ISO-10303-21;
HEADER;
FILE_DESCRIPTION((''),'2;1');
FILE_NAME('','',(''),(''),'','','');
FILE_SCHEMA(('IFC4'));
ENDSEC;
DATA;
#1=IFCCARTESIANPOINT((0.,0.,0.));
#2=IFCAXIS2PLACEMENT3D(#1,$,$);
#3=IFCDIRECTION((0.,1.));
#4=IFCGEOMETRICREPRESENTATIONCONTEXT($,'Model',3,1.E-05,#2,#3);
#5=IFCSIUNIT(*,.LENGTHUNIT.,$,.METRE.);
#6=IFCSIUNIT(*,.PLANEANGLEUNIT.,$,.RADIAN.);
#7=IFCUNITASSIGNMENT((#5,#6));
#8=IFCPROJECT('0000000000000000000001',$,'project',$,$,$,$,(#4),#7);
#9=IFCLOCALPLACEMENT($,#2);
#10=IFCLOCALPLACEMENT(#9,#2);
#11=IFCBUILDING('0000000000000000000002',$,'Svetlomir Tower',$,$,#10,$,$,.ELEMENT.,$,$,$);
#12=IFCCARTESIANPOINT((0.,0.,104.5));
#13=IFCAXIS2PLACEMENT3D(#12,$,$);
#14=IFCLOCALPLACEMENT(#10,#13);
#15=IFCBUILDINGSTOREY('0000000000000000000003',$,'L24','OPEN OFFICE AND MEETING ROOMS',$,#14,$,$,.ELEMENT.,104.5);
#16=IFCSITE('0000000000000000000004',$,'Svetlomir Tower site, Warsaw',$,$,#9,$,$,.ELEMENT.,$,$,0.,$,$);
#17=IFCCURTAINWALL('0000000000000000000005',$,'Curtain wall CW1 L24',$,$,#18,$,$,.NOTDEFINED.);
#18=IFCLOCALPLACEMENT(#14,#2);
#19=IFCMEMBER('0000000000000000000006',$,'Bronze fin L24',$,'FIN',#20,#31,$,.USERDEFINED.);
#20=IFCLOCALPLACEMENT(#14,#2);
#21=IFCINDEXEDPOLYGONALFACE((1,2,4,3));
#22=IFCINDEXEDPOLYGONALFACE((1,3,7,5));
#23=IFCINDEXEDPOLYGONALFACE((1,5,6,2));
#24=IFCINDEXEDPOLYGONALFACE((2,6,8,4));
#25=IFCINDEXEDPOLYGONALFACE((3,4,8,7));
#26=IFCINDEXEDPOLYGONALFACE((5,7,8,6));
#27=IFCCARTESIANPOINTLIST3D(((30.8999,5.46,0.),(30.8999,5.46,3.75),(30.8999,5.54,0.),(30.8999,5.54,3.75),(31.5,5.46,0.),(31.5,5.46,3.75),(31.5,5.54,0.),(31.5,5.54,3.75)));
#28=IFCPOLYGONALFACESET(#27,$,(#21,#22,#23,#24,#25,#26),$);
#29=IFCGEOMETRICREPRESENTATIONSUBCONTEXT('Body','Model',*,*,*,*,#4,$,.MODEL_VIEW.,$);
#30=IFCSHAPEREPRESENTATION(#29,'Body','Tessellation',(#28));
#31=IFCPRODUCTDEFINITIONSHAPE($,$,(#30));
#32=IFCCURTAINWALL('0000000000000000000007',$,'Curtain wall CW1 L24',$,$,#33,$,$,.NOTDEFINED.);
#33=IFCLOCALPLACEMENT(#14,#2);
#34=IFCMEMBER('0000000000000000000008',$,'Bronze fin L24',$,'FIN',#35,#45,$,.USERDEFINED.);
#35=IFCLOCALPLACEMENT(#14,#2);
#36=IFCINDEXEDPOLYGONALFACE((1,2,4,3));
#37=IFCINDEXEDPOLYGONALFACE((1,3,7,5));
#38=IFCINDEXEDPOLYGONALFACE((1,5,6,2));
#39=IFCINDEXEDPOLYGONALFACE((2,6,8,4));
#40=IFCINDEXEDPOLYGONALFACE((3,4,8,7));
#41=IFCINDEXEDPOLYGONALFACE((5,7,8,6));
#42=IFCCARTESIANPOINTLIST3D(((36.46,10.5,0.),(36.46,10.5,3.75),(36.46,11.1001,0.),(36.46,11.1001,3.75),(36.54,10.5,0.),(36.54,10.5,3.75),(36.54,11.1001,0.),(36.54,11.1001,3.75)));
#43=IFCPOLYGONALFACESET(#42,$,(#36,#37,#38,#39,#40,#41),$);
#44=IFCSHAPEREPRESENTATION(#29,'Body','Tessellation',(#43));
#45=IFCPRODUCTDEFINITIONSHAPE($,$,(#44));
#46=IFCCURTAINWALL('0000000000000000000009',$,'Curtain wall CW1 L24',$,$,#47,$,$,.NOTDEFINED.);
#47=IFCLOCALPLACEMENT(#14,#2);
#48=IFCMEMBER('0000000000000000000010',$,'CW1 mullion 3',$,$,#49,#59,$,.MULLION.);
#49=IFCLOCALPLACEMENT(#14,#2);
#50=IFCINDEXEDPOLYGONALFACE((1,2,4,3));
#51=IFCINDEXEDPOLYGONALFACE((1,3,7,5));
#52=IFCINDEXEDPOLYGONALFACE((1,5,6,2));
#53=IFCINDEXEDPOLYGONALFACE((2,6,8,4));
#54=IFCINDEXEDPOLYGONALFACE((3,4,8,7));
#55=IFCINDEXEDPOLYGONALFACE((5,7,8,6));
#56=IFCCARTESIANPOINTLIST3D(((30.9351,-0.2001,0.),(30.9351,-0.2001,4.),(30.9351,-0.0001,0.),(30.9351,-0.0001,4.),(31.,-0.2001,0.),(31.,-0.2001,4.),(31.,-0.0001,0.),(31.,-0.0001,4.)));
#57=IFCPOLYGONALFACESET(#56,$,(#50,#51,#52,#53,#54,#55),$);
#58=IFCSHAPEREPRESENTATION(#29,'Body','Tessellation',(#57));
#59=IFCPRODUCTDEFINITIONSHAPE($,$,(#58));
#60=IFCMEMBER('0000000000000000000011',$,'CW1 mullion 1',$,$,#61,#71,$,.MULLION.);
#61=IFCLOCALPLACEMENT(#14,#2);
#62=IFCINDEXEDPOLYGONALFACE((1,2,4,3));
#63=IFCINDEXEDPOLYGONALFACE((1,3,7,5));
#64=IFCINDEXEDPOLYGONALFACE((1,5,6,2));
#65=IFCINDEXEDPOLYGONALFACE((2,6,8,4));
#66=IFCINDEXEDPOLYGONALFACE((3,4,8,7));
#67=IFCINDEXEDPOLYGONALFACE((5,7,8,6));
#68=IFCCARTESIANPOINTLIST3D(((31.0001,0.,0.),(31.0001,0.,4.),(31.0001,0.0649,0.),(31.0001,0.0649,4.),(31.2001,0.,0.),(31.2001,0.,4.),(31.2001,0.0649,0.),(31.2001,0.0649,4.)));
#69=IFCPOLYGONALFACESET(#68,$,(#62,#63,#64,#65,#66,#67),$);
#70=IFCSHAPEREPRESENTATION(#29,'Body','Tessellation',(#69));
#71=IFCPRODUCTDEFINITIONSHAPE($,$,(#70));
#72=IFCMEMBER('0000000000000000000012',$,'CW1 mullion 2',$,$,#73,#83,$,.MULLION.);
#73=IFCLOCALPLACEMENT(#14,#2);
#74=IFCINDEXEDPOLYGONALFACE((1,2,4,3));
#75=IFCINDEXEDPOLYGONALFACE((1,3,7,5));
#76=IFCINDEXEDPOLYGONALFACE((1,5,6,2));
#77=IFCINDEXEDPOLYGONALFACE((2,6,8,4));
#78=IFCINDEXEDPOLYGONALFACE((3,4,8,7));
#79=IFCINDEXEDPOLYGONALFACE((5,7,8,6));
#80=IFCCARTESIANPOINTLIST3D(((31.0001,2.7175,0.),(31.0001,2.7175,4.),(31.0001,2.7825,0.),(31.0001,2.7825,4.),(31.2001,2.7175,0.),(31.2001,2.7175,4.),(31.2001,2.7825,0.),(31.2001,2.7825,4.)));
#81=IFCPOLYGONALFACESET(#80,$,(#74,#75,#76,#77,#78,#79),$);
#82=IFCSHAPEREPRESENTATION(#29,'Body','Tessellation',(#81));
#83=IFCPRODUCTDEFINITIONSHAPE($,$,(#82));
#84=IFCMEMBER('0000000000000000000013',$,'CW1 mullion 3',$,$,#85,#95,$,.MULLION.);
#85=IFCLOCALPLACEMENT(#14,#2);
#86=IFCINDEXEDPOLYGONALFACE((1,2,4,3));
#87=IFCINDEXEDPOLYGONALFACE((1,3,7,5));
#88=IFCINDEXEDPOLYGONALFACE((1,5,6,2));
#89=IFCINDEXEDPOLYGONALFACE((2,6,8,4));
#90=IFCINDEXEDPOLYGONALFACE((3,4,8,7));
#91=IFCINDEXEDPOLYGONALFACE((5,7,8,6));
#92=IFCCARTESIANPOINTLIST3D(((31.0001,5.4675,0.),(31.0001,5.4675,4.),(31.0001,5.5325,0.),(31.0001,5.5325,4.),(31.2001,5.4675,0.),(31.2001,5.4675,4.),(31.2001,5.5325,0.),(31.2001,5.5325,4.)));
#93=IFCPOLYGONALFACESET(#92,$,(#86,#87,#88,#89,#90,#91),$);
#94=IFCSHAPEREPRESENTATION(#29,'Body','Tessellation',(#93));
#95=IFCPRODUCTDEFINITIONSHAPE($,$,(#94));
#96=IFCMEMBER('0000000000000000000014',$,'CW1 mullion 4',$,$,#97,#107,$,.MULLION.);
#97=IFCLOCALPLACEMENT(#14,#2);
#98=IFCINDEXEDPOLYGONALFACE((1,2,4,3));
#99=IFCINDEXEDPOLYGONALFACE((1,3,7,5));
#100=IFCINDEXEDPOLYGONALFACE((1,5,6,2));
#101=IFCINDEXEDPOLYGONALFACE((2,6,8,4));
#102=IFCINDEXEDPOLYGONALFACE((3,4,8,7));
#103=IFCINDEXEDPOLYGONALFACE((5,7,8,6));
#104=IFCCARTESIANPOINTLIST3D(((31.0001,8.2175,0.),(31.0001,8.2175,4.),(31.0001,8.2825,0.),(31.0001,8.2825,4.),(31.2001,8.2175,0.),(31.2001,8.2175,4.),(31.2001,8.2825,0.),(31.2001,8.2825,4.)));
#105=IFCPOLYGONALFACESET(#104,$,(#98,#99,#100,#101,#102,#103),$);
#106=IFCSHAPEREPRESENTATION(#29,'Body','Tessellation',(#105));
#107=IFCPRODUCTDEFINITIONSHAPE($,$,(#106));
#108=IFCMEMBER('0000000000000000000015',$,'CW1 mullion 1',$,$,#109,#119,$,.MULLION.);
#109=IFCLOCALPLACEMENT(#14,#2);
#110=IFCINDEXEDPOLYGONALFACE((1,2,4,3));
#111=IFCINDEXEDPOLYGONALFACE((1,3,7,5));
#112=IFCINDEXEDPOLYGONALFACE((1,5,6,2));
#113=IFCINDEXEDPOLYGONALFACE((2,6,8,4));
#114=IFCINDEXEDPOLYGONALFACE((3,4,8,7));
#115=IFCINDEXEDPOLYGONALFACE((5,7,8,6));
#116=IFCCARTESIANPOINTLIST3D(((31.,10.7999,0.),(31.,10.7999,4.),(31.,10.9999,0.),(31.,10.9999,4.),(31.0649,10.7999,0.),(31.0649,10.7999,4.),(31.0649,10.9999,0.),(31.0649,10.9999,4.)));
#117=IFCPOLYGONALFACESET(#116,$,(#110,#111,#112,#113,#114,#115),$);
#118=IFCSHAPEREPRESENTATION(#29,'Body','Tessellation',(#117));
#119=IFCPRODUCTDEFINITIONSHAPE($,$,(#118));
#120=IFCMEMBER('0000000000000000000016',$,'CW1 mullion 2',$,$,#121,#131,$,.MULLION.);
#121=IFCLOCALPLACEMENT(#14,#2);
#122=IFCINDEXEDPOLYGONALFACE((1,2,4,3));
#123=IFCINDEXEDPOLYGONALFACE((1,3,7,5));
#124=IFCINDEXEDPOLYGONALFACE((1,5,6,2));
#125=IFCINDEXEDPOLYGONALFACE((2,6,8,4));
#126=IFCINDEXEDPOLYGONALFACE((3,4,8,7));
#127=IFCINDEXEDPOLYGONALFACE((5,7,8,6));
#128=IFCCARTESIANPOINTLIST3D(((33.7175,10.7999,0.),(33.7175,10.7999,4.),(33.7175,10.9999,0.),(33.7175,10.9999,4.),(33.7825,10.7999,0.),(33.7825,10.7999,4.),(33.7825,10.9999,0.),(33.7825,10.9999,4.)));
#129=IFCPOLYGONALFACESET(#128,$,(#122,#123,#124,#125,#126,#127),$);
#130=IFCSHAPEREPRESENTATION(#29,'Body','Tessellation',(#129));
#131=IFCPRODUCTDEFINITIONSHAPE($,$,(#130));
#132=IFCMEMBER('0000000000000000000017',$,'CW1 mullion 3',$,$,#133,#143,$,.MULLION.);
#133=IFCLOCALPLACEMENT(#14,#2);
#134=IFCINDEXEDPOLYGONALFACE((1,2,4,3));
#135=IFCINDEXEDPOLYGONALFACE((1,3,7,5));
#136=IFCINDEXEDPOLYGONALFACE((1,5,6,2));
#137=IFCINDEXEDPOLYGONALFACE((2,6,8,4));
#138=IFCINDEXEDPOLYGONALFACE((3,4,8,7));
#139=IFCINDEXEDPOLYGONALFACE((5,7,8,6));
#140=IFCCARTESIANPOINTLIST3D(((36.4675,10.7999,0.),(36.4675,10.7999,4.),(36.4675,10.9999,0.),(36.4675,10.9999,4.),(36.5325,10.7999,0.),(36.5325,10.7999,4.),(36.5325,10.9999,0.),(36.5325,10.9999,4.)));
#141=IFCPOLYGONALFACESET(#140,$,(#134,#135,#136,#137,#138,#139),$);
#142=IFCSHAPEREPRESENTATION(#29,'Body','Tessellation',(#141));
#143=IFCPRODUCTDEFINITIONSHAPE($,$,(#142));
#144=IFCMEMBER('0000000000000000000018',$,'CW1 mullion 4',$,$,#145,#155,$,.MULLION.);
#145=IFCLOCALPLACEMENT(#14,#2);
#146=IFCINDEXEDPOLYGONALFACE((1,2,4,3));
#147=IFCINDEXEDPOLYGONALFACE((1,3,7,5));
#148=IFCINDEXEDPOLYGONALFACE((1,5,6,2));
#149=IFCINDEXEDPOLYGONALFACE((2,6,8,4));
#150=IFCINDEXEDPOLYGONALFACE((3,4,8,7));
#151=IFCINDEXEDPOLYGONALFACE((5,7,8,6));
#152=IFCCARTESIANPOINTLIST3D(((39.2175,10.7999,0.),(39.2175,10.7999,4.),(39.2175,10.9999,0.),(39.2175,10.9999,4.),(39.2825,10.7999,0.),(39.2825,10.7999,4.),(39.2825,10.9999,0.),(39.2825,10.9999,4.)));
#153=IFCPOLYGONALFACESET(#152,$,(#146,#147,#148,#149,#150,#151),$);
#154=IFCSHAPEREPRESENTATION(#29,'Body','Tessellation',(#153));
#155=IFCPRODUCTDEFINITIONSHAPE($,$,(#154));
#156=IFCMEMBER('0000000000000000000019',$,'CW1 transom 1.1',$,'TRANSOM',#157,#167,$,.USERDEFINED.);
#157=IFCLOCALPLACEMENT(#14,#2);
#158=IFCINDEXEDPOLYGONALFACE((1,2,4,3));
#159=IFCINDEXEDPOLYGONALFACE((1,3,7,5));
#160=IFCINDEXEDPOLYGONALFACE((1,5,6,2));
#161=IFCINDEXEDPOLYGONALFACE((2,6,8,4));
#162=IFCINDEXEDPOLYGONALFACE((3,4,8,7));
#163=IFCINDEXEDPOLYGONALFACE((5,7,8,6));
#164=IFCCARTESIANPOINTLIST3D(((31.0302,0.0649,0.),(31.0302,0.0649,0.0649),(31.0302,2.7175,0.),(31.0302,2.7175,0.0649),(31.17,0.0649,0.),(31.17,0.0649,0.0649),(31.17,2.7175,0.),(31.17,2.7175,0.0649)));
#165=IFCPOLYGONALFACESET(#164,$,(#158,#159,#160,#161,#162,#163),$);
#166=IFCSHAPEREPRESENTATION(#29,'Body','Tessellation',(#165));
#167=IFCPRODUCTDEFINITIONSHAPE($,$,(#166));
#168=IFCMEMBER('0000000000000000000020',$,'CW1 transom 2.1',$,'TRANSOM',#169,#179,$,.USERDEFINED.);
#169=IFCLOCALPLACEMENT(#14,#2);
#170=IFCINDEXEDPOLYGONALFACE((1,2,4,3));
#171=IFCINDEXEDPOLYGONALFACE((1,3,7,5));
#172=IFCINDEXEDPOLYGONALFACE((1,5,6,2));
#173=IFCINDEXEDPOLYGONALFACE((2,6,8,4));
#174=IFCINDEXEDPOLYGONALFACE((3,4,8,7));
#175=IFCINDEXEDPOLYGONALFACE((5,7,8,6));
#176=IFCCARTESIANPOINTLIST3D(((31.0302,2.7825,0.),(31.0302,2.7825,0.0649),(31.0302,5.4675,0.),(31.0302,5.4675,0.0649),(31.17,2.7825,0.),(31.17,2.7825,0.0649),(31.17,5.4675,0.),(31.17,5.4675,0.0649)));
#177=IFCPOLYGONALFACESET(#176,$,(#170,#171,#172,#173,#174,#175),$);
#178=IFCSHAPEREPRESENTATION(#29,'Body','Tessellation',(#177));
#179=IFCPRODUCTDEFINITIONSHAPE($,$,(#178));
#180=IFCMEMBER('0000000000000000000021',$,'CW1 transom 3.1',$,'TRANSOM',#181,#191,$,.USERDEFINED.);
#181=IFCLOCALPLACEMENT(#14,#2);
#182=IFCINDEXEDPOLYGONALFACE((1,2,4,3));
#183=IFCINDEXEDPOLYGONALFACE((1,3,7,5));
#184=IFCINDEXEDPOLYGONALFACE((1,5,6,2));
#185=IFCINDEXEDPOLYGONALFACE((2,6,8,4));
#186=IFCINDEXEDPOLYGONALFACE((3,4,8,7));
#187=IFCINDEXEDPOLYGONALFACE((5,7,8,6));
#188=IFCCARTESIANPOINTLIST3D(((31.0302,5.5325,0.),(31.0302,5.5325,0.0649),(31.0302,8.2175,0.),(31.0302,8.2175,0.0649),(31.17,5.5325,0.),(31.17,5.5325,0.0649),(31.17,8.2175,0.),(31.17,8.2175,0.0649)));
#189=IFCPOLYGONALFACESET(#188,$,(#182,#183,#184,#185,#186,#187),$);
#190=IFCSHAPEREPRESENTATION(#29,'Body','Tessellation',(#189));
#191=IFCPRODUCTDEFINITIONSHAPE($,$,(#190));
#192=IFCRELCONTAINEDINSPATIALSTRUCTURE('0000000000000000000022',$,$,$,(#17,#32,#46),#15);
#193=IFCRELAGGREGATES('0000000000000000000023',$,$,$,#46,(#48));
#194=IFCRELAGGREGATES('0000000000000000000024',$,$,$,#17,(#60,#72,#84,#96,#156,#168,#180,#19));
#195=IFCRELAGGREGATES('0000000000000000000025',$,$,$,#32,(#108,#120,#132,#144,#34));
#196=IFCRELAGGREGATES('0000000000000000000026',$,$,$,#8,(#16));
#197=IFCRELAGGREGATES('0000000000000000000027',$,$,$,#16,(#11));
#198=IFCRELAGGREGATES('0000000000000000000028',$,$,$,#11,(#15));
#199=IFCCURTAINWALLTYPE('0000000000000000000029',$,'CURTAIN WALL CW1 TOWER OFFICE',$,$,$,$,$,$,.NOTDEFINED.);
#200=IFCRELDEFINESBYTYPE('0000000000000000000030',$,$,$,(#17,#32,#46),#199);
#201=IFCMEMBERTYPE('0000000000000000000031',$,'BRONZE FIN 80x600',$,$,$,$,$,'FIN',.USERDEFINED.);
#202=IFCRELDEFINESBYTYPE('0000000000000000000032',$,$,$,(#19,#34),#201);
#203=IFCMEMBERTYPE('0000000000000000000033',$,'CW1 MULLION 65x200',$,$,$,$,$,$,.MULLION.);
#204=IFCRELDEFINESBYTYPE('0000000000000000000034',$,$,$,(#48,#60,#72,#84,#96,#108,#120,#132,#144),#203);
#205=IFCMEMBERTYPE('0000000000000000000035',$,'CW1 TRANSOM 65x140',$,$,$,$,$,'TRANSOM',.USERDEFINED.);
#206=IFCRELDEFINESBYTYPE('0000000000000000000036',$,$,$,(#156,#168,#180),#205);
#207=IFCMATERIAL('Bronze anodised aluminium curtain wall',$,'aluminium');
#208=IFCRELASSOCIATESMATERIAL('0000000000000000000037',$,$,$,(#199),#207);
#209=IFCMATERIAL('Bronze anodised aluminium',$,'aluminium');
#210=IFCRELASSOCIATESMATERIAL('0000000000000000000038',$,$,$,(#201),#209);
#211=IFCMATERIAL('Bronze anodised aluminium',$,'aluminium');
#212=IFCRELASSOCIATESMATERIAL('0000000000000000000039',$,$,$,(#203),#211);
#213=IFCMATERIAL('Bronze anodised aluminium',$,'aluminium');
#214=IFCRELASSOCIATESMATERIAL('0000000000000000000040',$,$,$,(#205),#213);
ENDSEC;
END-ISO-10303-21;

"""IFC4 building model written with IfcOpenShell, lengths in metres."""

from ifc_helpers import new_model, si_unit, direction, frame, origin, origin_2d, place, context, subcontext, project, spatial, rectangle, extrude, material, material_profile, profile_set, type_object, element, aggregate, save


model = new_model("IFC4")

# Units and contexts
model_context = context("Model", 3, precision=1e-05, world=origin(), true_north=direction((0.0, 1.0)))
body_context = subcontext(model_context, "Body", "Model", "MODEL_VIEW")
ifc_project = project(units=[si_unit("LENGTHUNIT", "METRE"), si_unit("PLANEANGLEUNIT", "RADIAN")], contexts=[model_context])

# Site, building, storey
site_placement = place(None, origin())
site = spatial("IfcSite", under=ifc_project, at=site_placement, Name="Svetlomir Tower site, Warsaw", CompositionType="ELEMENT", RefElevation=0.0)
building_placement = place(site_placement, origin())
building = spatial("IfcBuilding", under=site, at=building_placement, Name="Svetlomir Tower", CompositionType="ELEMENT")
storey_placement = place(building_placement, frame((0.0, 0.0, 104.5)))
storey = spatial("IfcBuildingStorey", under=building, at=storey_placement, Name="L24", Description="OPEN OFFICE AND MEETING ROOMS", CompositionType="ELEMENT", Elevation=104.5)

# Curtain walls, members
ifc_material_1 = material(Name="Bronze anodised aluminium curtain wall", Category="aluminium")
curtain_wall_type = type_object("IfcCurtainWallType", Name="CURTAIN WALL CW1 TOWER OFFICE", PredefinedType="NOTDEFINED", material=ifc_material_1)
curtain_wall_1_placement = place(storey_placement, origin())
curtain_wall_1 = element("IfcCurtainWall", 1, at=curtain_wall_1_placement, inside=storey, type_object=curtain_wall_type, Name="Curtain wall CW1 L24", PredefinedType="NOTDEFINED")
ifc_material_2 = material(Name="Bronze anodised aluminium", Category="aluminium")
ifc_material_profile_1 = material_profile(ifc_material_2, rectangle(XDim=0.0801, YDim=0.6001, at=origin_2d()), Name="FIN 80x600")
ifc_profile_set_1 = profile_set([ifc_material_profile_1], Name="Bronze anodised aluminium 6063-T6")
member_type_1 = type_object("IfcMemberType", Name="BRONZE FIN 80x600", ElementType="FIN", PredefinedType="USERDEFINED", material=ifc_profile_set_1)
member_1_placement = place(storey_placement, frame((31.2, 5.5, 0.0), z_axis=(0.0, 0.0, 1.0), x_axis=(0.0, 1.0, 0.0)))
member_1 = element("IfcMember", 2, at=member_1_placement, type_object=member_type_1, Name="Bronze fin L24", ObjectType="FIN", PredefinedType="USERDEFINED", context=body_context, shape_type="SweptSolid", body=[
    extrude(rectangle(XDim=0.0801, YDim=0.6001, at=origin_2d()), origin(), (0.0, 0.0, 1.0), 3.75),
])
curtain_wall_2_placement = place(storey_placement, origin())
curtain_wall_2 = element("IfcCurtainWall", 3, at=curtain_wall_2_placement, inside=storey, type_object=curtain_wall_type, Name="Curtain wall CW1 L24", PredefinedType="NOTDEFINED")
member_2_placement = place(storey_placement, frame((36.5, 10.8, 0.0), z_axis=(0.0, 0.0, 1.0), x_axis=(1.0, 0.0, 0.0)))
member_2 = element("IfcMember", 4, at=member_2_placement, type_object=member_type_1, Name="Bronze fin L24", ObjectType="FIN", PredefinedType="USERDEFINED", context=body_context, shape_type="SweptSolid", body=[
    extrude(rectangle(XDim=0.0801, YDim=0.6001, at=origin_2d()), origin(), (0.0, 0.0, 1.0), 3.75),
])
curtain_wall_3_placement = place(storey_placement, origin())
curtain_wall_3 = element("IfcCurtainWall", 5, at=curtain_wall_3_placement, inside=storey, type_object=curtain_wall_type, Name="Curtain wall CW1 L24", PredefinedType="NOTDEFINED")
ifc_material_3 = material(Name="Bronze anodised aluminium", Category="aluminium")
ifc_material_profile_2 = material_profile(ifc_material_3, rectangle(XDim=0.0649, YDim=0.2, at=origin_2d()), Name="AL 65x200")
ifc_profile_set_2 = profile_set([ifc_material_profile_2], Name="Bronze anodised aluminium 6063-T6")
member_type_2 = type_object("IfcMemberType", Name="CW1 MULLION 65x200", PredefinedType="MULLION", material=ifc_profile_set_2)
member_3_placement = place(storey_placement, frame((30.9675, -0.1001, 0.0), z_axis=(0.0, 0.0, 1.0), x_axis=(1.0, 0.0, 0.0)))
member_3 = element("IfcMember", 6, at=member_3_placement, type_object=member_type_2, Name="CW1 mullion 3", PredefinedType="MULLION", context=body_context, shape_type="SweptSolid", body=[
    extrude(rectangle(XDim=0.0649, YDim=0.2, at=origin_2d()), origin(), (0.0, 0.0, 1.0), 4.0),
])
aggregate(curtain_wall_3, [member_3])

# Members
member_4_placement = place(storey_placement, frame((31.1001, 0.0325, 0.0), z_axis=(0.0, 0.0, 1.0), x_axis=(0.0, 1.0, 0.0)))
member_4 = element("IfcMember", 7, at=member_4_placement, type_object=member_type_2, Name="CW1 mullion 1", PredefinedType="MULLION", context=body_context, shape_type="SweptSolid", body=[
    extrude(rectangle(XDim=0.0649, YDim=0.2, at=origin_2d()), origin(), (0.0, 0.0, 1.0), 4.0),
])
member_5_placement = place(storey_placement, frame((31.1001, 2.75, 0.0), z_axis=(0.0, 0.0, 1.0), x_axis=(0.0, 1.0, 0.0)))
member_5 = element("IfcMember", 8, at=member_5_placement, type_object=member_type_2, Name="CW1 mullion 2", PredefinedType="MULLION", context=body_context, shape_type="SweptSolid", body=[
    extrude(rectangle(XDim=0.0649, YDim=0.2, at=origin_2d()), origin(), (0.0, 0.0, 1.0), 4.0),
])
member_6_placement = place(storey_placement, frame((31.1001, 5.5, 0.0), z_axis=(0.0, 0.0, 1.0), x_axis=(0.0, 1.0, 0.0)))
member_6 = element("IfcMember", 9, at=member_6_placement, type_object=member_type_2, Name="CW1 mullion 3", PredefinedType="MULLION", context=body_context, shape_type="SweptSolid", body=[
    extrude(rectangle(XDim=0.0649, YDim=0.2, at=origin_2d()), origin(), (0.0, 0.0, 1.0), 4.0),
])
member_7_placement = place(storey_placement, frame((31.1001, 8.25, 0.0), z_axis=(0.0, 0.0, 1.0), x_axis=(0.0, 1.0, 0.0)))
member_7 = element("IfcMember", 10, at=member_7_placement, type_object=member_type_2, Name="CW1 mullion 4", PredefinedType="MULLION", context=body_context, shape_type="SweptSolid", body=[
    extrude(rectangle(XDim=0.0649, YDim=0.2, at=origin_2d()), origin(), (0.0, 0.0, 1.0), 4.0),
])
member_8_placement = place(storey_placement, frame((31.0325, 10.8999, 0.0), z_axis=(0.0, 0.0, 1.0), x_axis=(1.0, 0.0, 0.0)))
member_8 = element("IfcMember", 11, at=member_8_placement, type_object=member_type_2, Name="CW1 mullion 1", PredefinedType="MULLION", context=body_context, shape_type="SweptSolid", body=[
    extrude(rectangle(XDim=0.0649, YDim=0.2, at=origin_2d()), origin(), (0.0, 0.0, 1.0), 4.0),
])
member_9_placement = place(storey_placement, frame((33.75, 10.8999, 0.0), z_axis=(0.0, 0.0, 1.0), x_axis=(1.0, 0.0, 0.0)))
member_9 = element("IfcMember", 12, at=member_9_placement, type_object=member_type_2, Name="CW1 mullion 2", PredefinedType="MULLION", context=body_context, shape_type="SweptSolid", body=[
    extrude(rectangle(XDim=0.0649, YDim=0.2, at=origin_2d()), origin(), (0.0, 0.0, 1.0), 4.0),
])
member_10_placement = place(storey_placement, frame((36.5, 10.8999, 0.0), z_axis=(0.0, 0.0, 1.0), x_axis=(1.0, 0.0, 0.0)))
member_10 = element("IfcMember", 13, at=member_10_placement, type_object=member_type_2, Name="CW1 mullion 3", PredefinedType="MULLION", context=body_context, shape_type="SweptSolid", body=[
    extrude(rectangle(XDim=0.0649, YDim=0.2, at=origin_2d()), origin(), (0.0, 0.0, 1.0), 4.0),
])
member_11_placement = place(storey_placement, frame((39.25, 10.8999, 0.0), z_axis=(0.0, 0.0, 1.0), x_axis=(1.0, 0.0, 0.0)))
member_11 = element("IfcMember", 14, at=member_11_placement, type_object=member_type_2, Name="CW1 mullion 4", PredefinedType="MULLION", context=body_context, shape_type="SweptSolid", body=[
    extrude(rectangle(XDim=0.0649, YDim=0.2, at=origin_2d()), origin(), (0.0, 0.0, 1.0), 4.0),
])
ifc_material_4 = material(Name="Bronze anodised aluminium", Category="aluminium")
ifc_material_profile_3 = material_profile(ifc_material_4, rectangle(XDim=0.1399, YDim=0.0649, at=origin_2d()), Name="AL 140x65")
ifc_profile_set_3 = profile_set([ifc_material_profile_3], Name="Bronze anodised aluminium 6063-T6")
member_type_3 = type_object("IfcMemberType", Name="CW1 TRANSOM 65x140", ElementType="TRANSOM", PredefinedType="USERDEFINED", material=ifc_profile_set_3)
member_12_placement = place(storey_placement, frame((31.1001, 0.0649, 0.0325), z_axis=(0.0, 1.0, 0.0), x_axis=(-1.0, 0.0, 0.0)))
member_12 = element("IfcMember", 15, at=member_12_placement, type_object=member_type_3, Name="CW1 transom 1.1", ObjectType="TRANSOM", PredefinedType="USERDEFINED", context=body_context, shape_type="SweptSolid", body=[
    extrude(rectangle(XDim=0.1399, YDim=0.0649, at=origin_2d()), origin(), (0.0, 0.0, 1.0), 2.6526),
])
member_13_placement = place(storey_placement, frame((31.1001, 2.7825, 0.0325), z_axis=(0.0, 1.0, 0.0), x_axis=(-1.0, 0.0, 0.0)))
member_13 = element("IfcMember", 16, at=member_13_placement, type_object=member_type_3, Name="CW1 transom 2.1", ObjectType="TRANSOM", PredefinedType="USERDEFINED", context=body_context, shape_type="SweptSolid", body=[
    extrude(rectangle(XDim=0.1399, YDim=0.0649, at=origin_2d()), origin(), (0.0, 0.0, 1.0), 2.6851),
])
member_14_placement = place(storey_placement, frame((31.1001, 5.5325, 0.0325), z_axis=(0.0, 1.0, 0.0), x_axis=(-1.0, 0.0, 0.0)))
member_14 = element("IfcMember", 17, at=member_14_placement, type_object=member_type_3, Name="CW1 transom 3.1", ObjectType="TRANSOM", PredefinedType="USERDEFINED", context=body_context, shape_type="SweptSolid", body=[
    extrude(rectangle(XDim=0.1399, YDim=0.0649, at=origin_2d()), origin(), (0.0, 0.0, 1.0), 2.6851),
])

aggregate(curtain_wall_1, [member_4, member_5, member_6, member_7, member_12, member_13, member_14, member_1])
aggregate(curtain_wall_2, [member_8, member_9, member_10, member_11, member_2])

save(model, "model.ifc")
